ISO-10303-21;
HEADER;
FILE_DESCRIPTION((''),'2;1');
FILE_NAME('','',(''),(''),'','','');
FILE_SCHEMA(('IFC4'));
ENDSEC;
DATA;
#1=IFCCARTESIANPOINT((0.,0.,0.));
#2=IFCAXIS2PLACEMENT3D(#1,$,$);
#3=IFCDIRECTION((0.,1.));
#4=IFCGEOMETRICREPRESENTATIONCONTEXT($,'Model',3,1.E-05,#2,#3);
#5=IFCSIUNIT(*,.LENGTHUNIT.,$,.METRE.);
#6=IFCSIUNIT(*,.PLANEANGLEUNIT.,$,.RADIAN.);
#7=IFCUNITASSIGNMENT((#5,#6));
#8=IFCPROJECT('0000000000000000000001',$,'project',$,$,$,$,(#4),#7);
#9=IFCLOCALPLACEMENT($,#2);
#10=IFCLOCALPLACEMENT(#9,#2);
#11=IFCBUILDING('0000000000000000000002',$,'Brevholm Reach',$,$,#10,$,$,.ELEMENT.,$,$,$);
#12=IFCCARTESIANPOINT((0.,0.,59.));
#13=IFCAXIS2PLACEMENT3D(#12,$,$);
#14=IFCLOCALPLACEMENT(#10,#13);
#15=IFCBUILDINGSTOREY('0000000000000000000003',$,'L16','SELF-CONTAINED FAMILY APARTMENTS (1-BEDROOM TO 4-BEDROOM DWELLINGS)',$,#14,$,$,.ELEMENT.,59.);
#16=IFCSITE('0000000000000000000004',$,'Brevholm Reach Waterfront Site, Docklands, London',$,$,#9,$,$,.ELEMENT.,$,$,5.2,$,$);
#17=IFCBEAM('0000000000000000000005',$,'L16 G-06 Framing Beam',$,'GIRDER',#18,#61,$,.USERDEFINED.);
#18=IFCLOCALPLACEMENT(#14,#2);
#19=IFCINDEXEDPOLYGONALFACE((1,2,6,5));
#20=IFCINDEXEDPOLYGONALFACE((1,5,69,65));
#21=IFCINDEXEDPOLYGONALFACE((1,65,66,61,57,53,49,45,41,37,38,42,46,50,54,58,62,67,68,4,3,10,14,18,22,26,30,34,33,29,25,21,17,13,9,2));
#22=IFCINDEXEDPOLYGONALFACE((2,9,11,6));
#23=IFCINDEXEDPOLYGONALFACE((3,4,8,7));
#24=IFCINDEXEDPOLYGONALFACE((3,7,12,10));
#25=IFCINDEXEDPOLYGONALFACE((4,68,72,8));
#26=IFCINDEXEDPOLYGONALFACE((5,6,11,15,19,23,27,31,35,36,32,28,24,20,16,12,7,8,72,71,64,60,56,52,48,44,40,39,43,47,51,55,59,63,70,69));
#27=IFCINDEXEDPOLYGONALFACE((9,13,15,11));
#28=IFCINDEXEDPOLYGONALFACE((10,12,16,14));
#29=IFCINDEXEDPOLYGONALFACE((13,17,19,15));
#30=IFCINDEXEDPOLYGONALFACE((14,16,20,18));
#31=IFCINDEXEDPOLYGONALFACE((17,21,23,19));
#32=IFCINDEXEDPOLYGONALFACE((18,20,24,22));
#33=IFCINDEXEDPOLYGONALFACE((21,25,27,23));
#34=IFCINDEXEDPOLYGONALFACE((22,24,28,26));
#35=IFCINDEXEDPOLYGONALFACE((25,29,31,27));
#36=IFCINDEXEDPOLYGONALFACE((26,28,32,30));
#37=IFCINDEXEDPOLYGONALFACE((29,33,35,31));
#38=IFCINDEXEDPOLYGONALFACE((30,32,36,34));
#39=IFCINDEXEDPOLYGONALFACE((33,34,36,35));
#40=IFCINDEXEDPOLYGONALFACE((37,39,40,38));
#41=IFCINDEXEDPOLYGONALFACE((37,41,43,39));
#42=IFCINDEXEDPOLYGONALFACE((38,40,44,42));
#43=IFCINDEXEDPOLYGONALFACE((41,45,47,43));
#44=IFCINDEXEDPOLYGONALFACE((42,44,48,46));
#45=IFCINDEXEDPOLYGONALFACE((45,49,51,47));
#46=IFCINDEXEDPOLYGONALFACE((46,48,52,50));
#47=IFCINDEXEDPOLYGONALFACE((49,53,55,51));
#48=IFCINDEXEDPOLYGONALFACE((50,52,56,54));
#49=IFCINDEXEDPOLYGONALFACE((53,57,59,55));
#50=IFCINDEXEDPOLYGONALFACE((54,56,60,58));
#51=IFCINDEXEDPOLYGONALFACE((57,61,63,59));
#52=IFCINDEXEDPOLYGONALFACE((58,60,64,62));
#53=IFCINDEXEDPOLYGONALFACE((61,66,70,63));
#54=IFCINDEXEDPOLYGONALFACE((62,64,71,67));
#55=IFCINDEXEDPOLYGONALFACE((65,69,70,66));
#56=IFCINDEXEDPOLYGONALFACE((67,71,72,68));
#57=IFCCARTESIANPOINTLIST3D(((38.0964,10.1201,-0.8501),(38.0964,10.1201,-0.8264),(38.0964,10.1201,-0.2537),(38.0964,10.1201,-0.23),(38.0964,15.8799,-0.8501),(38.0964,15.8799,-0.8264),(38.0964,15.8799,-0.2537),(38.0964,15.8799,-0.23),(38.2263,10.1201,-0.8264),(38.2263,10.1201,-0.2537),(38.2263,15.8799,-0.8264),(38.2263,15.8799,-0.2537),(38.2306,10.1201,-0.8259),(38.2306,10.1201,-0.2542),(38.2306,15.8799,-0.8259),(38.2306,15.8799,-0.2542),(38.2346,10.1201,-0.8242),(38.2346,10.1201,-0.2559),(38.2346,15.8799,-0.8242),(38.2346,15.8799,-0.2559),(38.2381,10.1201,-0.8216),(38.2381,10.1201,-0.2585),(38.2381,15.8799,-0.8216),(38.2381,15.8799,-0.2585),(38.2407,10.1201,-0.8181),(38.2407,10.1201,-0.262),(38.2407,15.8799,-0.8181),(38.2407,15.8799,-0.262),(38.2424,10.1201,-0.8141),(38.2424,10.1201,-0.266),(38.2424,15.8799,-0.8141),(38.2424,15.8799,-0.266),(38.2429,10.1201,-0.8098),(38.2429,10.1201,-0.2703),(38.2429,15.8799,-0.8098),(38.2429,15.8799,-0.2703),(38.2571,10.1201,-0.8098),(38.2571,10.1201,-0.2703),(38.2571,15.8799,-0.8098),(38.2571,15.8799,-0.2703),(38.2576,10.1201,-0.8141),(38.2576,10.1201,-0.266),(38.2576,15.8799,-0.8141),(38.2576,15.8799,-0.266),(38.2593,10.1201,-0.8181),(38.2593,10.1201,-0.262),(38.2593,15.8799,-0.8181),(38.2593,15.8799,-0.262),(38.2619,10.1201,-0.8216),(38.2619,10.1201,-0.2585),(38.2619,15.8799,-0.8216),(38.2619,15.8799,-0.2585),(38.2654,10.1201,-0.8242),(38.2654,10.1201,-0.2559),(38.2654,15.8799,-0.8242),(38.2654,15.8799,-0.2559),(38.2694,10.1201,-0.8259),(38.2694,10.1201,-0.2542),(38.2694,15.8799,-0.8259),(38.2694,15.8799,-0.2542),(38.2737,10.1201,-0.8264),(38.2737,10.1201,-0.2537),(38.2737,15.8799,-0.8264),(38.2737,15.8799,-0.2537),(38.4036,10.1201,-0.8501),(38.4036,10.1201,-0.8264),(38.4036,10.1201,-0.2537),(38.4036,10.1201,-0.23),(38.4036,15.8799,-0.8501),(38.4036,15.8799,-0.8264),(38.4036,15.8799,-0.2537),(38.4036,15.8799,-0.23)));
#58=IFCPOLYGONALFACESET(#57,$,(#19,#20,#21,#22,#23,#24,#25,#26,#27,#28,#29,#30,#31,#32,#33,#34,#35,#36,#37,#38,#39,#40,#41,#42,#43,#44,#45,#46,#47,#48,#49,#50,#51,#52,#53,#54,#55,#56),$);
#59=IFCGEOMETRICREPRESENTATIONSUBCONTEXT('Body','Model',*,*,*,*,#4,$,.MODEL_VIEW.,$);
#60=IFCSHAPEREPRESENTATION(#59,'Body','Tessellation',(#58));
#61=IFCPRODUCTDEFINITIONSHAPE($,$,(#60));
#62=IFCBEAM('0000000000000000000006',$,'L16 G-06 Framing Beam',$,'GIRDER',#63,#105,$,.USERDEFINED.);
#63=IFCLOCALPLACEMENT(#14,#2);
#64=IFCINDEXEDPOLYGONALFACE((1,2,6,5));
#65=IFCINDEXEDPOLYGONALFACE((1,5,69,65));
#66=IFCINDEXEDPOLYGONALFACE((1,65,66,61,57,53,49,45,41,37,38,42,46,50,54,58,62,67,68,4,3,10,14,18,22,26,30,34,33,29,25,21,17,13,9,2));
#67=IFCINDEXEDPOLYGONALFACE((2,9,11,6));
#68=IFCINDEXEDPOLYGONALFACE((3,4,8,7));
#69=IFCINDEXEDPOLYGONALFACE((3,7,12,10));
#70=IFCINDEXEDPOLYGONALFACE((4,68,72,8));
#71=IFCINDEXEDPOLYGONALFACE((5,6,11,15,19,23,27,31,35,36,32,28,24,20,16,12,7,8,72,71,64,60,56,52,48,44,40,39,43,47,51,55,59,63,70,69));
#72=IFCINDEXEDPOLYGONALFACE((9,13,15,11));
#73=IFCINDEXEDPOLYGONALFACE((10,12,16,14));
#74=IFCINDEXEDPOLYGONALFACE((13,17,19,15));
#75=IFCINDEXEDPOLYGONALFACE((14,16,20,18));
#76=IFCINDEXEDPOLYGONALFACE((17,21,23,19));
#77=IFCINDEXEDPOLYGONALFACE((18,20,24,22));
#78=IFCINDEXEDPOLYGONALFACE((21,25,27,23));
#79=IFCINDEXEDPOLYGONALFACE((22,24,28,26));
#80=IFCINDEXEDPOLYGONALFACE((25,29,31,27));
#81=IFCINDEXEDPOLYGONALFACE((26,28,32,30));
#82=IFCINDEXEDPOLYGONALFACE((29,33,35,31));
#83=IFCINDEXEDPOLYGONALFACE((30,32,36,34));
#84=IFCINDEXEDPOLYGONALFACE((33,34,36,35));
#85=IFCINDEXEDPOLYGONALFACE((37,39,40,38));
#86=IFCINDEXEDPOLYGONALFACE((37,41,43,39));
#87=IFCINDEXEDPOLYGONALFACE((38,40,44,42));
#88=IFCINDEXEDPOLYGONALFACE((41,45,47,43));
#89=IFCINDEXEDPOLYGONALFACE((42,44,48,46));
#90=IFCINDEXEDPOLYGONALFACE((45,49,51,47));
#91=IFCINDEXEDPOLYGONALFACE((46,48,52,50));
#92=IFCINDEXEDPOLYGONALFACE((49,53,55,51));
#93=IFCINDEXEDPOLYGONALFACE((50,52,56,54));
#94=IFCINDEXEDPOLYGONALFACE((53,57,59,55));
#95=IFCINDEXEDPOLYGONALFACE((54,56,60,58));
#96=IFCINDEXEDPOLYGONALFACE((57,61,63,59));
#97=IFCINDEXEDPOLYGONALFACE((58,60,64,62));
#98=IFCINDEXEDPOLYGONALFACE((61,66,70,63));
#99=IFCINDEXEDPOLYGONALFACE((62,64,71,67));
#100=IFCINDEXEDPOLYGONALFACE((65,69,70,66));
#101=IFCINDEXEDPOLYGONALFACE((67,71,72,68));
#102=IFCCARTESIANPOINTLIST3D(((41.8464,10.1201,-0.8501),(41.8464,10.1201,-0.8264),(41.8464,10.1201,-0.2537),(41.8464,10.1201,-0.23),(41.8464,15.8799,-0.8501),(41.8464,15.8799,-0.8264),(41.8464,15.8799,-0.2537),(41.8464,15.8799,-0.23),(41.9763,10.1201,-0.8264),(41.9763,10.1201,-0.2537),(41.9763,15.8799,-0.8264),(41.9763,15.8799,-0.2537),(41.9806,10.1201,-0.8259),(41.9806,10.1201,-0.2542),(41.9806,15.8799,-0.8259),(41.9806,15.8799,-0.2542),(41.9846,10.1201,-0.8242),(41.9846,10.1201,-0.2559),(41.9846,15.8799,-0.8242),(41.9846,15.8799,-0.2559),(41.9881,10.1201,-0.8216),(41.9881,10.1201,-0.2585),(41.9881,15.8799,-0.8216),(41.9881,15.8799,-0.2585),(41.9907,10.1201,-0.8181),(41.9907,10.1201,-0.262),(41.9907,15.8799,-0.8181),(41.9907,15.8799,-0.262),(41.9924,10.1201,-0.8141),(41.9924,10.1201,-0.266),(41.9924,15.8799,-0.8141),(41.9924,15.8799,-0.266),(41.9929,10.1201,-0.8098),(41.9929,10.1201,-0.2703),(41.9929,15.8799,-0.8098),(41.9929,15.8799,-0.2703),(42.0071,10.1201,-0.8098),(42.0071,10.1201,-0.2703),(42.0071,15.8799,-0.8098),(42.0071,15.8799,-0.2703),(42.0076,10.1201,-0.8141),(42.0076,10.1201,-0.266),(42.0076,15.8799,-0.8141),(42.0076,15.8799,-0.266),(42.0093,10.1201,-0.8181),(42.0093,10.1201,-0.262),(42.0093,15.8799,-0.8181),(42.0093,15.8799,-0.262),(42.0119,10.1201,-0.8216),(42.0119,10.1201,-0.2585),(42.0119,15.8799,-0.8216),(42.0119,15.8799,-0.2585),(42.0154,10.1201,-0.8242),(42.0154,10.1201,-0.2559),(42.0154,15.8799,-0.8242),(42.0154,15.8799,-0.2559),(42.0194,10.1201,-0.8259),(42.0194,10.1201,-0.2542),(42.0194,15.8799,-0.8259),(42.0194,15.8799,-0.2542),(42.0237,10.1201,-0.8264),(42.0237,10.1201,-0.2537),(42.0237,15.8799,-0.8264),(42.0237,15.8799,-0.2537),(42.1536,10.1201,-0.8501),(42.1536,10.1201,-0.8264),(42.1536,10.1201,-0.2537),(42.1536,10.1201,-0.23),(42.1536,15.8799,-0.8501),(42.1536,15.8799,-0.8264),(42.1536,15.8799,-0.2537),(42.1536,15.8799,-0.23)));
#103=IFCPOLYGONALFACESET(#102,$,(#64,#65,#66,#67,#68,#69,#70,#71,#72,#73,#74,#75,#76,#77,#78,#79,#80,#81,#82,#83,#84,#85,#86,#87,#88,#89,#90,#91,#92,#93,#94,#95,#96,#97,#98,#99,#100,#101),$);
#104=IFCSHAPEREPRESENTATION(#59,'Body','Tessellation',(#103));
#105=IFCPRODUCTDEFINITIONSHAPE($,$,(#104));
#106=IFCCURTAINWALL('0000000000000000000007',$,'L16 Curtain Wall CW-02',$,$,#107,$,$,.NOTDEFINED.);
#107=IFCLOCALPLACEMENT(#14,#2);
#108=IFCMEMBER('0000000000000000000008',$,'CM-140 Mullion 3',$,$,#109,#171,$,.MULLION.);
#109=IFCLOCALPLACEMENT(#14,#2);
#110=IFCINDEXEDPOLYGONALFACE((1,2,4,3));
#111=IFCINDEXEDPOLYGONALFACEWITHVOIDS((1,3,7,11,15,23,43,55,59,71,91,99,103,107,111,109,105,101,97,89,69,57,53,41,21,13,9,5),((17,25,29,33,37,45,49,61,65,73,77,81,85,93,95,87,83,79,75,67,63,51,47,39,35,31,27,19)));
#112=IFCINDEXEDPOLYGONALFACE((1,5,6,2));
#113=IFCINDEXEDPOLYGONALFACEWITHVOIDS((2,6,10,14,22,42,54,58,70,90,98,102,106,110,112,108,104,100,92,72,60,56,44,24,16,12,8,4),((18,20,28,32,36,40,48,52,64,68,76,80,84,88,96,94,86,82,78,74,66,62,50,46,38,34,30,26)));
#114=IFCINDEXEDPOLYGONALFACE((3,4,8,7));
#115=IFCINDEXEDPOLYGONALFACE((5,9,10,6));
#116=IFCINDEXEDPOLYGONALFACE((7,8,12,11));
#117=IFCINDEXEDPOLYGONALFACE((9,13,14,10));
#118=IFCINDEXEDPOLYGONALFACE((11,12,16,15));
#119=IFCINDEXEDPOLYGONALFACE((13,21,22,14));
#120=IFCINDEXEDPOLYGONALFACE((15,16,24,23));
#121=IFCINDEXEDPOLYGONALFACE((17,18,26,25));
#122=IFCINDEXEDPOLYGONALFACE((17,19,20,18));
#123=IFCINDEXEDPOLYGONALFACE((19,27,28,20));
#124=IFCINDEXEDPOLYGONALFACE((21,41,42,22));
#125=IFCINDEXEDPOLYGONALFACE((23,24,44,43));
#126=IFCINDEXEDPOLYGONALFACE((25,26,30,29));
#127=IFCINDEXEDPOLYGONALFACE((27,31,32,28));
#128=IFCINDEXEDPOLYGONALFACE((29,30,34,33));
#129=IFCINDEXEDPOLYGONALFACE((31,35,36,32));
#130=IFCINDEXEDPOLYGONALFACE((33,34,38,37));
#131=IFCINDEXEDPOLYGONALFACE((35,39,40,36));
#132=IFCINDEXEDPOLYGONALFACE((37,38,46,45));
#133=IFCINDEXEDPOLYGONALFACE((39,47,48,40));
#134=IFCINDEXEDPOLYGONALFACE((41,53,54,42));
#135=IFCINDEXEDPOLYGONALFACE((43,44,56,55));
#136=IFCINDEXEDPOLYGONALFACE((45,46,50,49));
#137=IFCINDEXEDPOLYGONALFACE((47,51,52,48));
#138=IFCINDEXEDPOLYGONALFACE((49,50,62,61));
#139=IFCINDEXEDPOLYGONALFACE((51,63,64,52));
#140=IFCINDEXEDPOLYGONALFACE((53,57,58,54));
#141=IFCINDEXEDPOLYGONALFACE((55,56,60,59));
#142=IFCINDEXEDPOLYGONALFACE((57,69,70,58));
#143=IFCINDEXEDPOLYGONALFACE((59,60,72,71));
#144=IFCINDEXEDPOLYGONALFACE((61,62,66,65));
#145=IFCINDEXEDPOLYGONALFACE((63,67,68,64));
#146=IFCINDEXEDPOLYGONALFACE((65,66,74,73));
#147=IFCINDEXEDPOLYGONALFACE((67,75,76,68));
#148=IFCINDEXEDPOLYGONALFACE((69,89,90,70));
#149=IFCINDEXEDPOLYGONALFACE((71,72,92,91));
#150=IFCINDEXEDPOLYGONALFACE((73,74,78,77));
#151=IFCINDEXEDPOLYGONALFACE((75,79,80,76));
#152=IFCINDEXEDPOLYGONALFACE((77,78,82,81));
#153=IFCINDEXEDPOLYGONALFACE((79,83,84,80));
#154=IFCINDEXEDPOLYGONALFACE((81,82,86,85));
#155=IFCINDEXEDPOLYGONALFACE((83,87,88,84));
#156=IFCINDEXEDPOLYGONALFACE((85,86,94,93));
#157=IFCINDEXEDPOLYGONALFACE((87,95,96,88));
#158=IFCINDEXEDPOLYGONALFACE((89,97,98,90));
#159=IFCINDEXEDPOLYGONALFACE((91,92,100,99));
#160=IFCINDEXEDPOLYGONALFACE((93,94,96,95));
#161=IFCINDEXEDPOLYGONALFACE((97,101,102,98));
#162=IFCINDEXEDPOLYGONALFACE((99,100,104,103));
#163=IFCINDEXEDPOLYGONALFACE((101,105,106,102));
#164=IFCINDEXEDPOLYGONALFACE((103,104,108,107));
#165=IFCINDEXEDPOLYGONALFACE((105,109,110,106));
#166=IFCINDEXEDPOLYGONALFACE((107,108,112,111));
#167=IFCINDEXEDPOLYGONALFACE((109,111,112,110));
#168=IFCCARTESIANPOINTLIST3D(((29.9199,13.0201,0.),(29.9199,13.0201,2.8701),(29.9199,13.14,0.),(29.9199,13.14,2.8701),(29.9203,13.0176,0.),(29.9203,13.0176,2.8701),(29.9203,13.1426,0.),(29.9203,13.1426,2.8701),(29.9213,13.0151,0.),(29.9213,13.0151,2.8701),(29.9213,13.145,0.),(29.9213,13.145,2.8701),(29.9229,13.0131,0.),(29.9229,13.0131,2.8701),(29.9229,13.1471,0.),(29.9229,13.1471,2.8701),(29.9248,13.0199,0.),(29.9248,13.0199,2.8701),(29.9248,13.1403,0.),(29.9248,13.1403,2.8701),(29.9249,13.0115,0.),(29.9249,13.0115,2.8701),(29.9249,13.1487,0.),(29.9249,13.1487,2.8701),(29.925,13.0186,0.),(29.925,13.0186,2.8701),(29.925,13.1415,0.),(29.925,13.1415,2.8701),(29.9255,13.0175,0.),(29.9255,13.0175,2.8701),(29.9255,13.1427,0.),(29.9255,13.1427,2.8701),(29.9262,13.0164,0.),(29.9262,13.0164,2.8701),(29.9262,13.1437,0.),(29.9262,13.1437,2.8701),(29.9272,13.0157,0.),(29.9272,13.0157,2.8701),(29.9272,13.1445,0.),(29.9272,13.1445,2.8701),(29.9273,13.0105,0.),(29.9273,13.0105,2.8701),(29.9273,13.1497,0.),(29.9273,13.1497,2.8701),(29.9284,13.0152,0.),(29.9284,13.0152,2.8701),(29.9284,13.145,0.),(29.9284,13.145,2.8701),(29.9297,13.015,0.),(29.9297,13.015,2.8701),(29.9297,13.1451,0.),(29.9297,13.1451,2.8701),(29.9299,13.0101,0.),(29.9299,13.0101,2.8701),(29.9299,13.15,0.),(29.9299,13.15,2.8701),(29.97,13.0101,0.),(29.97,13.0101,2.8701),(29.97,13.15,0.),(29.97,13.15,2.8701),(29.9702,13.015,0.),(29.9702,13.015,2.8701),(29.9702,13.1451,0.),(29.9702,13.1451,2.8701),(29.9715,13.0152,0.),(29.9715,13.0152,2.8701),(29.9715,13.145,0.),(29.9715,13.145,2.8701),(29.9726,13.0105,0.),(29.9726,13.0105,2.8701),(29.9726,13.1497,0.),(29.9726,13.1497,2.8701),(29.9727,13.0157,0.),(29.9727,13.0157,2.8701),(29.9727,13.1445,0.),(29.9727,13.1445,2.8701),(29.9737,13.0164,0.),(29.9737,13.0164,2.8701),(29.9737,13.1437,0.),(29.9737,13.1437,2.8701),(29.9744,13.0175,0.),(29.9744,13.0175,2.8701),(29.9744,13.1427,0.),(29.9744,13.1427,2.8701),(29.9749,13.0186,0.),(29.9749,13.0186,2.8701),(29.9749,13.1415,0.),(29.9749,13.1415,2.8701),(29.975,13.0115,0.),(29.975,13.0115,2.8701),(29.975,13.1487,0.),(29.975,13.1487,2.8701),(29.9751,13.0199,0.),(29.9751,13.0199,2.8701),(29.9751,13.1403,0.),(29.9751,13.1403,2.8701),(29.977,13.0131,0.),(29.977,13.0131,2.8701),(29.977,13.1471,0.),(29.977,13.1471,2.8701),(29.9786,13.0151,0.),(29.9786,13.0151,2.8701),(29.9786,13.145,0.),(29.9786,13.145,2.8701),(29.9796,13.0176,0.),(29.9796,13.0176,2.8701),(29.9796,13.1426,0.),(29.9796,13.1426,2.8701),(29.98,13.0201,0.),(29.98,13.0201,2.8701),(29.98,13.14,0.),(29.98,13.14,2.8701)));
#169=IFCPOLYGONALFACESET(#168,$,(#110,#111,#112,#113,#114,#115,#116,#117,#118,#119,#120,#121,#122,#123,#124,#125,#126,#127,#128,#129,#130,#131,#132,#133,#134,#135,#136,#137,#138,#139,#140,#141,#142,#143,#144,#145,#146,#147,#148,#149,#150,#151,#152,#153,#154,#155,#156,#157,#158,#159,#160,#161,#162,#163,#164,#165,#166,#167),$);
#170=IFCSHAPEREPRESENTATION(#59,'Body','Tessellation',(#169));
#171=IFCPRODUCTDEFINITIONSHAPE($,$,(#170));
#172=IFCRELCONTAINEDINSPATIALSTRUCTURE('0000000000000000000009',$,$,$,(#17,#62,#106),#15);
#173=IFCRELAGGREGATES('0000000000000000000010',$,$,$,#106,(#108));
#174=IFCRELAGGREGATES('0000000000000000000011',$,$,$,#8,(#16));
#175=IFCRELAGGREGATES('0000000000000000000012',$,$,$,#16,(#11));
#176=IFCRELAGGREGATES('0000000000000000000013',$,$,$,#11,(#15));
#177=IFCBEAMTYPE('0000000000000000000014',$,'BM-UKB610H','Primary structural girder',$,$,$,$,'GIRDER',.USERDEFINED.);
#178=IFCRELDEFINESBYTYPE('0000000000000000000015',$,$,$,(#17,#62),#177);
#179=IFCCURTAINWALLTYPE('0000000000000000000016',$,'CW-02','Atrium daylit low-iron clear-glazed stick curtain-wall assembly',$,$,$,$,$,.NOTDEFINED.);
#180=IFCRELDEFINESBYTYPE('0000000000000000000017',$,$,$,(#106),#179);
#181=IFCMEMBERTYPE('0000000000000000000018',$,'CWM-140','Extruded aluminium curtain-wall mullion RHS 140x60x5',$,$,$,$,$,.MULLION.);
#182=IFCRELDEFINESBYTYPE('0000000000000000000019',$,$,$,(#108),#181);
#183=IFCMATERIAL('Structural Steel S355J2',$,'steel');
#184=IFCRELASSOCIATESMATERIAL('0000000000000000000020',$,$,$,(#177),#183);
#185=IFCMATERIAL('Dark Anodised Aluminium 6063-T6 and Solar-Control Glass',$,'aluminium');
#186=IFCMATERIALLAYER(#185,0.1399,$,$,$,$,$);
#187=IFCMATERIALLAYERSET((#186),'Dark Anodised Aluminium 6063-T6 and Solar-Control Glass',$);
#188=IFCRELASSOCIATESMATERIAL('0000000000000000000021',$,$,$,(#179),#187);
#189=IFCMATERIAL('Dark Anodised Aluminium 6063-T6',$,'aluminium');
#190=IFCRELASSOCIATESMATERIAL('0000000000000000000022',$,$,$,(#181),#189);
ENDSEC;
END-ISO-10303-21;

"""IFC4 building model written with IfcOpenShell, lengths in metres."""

from ifc_helpers import new_model, si_unit, direction, frame, origin, origin_2d, place, context, subcontext, project, spatial, hollow_rectangle, i_section, extrude, material, layer, layer_set, material_profile, profile_set, type_object, element, aggregate, save


model = new_model("IFC4")

# Units and contexts
model_context = context("Model", 3, precision=1e-05, world=origin(), true_north=direction((0.0, 1.0)))
body_context = subcontext(model_context, "Body", "Model", "MODEL_VIEW")
ifc_project = project(units=[si_unit("LENGTHUNIT", "METRE"), si_unit("PLANEANGLEUNIT", "RADIAN")], contexts=[model_context])

# Site, building, storey
site_placement = place(None, origin())
site = spatial("IfcSite", under=ifc_project, at=site_placement, Name="Brevholm Reach Waterfront Site, Docklands, London", CompositionType="ELEMENT", RefElevation=5.2)
building_placement = place(site_placement, origin())
building = spatial("IfcBuilding", under=site, at=building_placement, Name="Brevholm Reach", CompositionType="ELEMENT")
storey_placement = place(building_placement, frame((0.0, 0.0, 59.0)))
storey = spatial("IfcBuildingStorey", under=building, at=storey_placement, Name="L16", Description="SELF-CONTAINED FAMILY APARTMENTS (1-BEDROOM TO 4-BEDROOM DWELLINGS)", CompositionType="ELEMENT", Elevation=59.0)

# Beams
ifc_material_1 = material(Name="Structural Steel S355J2", Category="steel")
ifc_material_profile_1 = material_profile(ifc_material_1, i_section(OverallWidth=0.3071, OverallDepth=0.6201, WebThickness=0.0142, FlangeThickness=0.0237, FilletRadius=0.0166, at=origin_2d()), Name="UKB 610x305x179")
ifc_profile_set_1 = profile_set([ifc_material_profile_1], Name="Structural Steel S355J2")
beam_type = type_object("IfcBeamType", Name="BM-UKB610H", Description="Primary structural girder", ElementType="GIRDER", PredefinedType="USERDEFINED", material=ifc_profile_set_1)
for number, where, z_axis, x_axis, name in (
    (1, (38.25, 10.1201, -0.54), (0.0, 1.0, 0.0), (-1.0, 0.0, 0.0), "L16 G-06 Framing Beam"),
    (2, (42.0, 10.1201, -0.54), (0.0, 1.0, 0.0), (-1.0, 0.0, 0.0), "L16 G-06 Framing Beam"),
):
    element("IfcBeam", number, at=place(storey_placement, frame(where, z_axis=z_axis, x_axis=x_axis)), inside=storey, type_object=beam_type, Name=name, ObjectType="GIRDER", PredefinedType="USERDEFINED", context=body_context, shape_type="SweptSolid", body=[
        extrude(i_section(OverallWidth=0.3071, OverallDepth=0.6201, WebThickness=0.0142, FlangeThickness=0.0237, FilletRadius=0.0166, at=origin_2d()), origin(), (0.0, 0.0, 1.0), 5.7598),
    ])

# Curtain wall, member
ifc_material_2 = material(Name="Dark Anodised Aluminium 6063-T6 and Solar-Control Glass", Category="aluminium")
ifc_layer_1 = layer(ifc_material_2, 0.1399)
ifc_layer_set_1 = layer_set([ifc_layer_1], Name="Dark Anodised Aluminium 6063-T6 and Solar-Control Glass")
curtain_wall_type = type_object("IfcCurtainWallType", Name="CW-02", Description="Atrium daylit low-iron clear-glazed stick curtain-wall assembly", PredefinedType="NOTDEFINED", material=ifc_layer_set_1)
curtain_wall_placement = place(storey_placement, origin())
curtain_wall = element("IfcCurtainWall", 3, at=curtain_wall_placement, inside=storey, type_object=curtain_wall_type, Name="L16 Curtain Wall CW-02", PredefinedType="NOTDEFINED")
ifc_material_3 = material(Name="Dark Anodised Aluminium 6063-T6", Category="aluminium")
ifc_material_profile_2 = material_profile(ifc_material_3, hollow_rectangle(XDim=0.0601, YDim=0.1399, WallThickness=0.0049, InnerFilletRadius=0.0049, OuterFilletRadius=0.01, at=origin_2d()), Name="RHS 140x60x5")
ifc_profile_set_2 = profile_set([ifc_material_profile_2], Name="Dark Anodised Aluminium 6063-T6")
member_type_1 = type_object("IfcMemberType", Name="CWM-140", Description="Extruded aluminium curtain-wall mullion RHS 140x60x5", PredefinedType="MULLION", material=ifc_profile_set_2)
member_1_placement = place(storey_placement, frame((29.95, 13.0801, 0.0), z_axis=(0.0, 0.0, 1.0), x_axis=(1.0, 0.0, 0.0)))
member_1 = element("IfcMember", 4, at=member_1_placement, type_object=member_type_1, Name="CM-140 Mullion 3", PredefinedType="MULLION", context=body_context, shape_type="SweptSolid", body=[
    extrude(hollow_rectangle(XDim=0.0601, YDim=0.1399, WallThickness=0.0049, InnerFilletRadius=0.0049, OuterFilletRadius=0.01, at=origin_2d()), origin(), (0.0, 0.0, 1.0), 2.8701),
])
aggregate(curtain_wall, [member_1])

save(model, "model.ifc")
